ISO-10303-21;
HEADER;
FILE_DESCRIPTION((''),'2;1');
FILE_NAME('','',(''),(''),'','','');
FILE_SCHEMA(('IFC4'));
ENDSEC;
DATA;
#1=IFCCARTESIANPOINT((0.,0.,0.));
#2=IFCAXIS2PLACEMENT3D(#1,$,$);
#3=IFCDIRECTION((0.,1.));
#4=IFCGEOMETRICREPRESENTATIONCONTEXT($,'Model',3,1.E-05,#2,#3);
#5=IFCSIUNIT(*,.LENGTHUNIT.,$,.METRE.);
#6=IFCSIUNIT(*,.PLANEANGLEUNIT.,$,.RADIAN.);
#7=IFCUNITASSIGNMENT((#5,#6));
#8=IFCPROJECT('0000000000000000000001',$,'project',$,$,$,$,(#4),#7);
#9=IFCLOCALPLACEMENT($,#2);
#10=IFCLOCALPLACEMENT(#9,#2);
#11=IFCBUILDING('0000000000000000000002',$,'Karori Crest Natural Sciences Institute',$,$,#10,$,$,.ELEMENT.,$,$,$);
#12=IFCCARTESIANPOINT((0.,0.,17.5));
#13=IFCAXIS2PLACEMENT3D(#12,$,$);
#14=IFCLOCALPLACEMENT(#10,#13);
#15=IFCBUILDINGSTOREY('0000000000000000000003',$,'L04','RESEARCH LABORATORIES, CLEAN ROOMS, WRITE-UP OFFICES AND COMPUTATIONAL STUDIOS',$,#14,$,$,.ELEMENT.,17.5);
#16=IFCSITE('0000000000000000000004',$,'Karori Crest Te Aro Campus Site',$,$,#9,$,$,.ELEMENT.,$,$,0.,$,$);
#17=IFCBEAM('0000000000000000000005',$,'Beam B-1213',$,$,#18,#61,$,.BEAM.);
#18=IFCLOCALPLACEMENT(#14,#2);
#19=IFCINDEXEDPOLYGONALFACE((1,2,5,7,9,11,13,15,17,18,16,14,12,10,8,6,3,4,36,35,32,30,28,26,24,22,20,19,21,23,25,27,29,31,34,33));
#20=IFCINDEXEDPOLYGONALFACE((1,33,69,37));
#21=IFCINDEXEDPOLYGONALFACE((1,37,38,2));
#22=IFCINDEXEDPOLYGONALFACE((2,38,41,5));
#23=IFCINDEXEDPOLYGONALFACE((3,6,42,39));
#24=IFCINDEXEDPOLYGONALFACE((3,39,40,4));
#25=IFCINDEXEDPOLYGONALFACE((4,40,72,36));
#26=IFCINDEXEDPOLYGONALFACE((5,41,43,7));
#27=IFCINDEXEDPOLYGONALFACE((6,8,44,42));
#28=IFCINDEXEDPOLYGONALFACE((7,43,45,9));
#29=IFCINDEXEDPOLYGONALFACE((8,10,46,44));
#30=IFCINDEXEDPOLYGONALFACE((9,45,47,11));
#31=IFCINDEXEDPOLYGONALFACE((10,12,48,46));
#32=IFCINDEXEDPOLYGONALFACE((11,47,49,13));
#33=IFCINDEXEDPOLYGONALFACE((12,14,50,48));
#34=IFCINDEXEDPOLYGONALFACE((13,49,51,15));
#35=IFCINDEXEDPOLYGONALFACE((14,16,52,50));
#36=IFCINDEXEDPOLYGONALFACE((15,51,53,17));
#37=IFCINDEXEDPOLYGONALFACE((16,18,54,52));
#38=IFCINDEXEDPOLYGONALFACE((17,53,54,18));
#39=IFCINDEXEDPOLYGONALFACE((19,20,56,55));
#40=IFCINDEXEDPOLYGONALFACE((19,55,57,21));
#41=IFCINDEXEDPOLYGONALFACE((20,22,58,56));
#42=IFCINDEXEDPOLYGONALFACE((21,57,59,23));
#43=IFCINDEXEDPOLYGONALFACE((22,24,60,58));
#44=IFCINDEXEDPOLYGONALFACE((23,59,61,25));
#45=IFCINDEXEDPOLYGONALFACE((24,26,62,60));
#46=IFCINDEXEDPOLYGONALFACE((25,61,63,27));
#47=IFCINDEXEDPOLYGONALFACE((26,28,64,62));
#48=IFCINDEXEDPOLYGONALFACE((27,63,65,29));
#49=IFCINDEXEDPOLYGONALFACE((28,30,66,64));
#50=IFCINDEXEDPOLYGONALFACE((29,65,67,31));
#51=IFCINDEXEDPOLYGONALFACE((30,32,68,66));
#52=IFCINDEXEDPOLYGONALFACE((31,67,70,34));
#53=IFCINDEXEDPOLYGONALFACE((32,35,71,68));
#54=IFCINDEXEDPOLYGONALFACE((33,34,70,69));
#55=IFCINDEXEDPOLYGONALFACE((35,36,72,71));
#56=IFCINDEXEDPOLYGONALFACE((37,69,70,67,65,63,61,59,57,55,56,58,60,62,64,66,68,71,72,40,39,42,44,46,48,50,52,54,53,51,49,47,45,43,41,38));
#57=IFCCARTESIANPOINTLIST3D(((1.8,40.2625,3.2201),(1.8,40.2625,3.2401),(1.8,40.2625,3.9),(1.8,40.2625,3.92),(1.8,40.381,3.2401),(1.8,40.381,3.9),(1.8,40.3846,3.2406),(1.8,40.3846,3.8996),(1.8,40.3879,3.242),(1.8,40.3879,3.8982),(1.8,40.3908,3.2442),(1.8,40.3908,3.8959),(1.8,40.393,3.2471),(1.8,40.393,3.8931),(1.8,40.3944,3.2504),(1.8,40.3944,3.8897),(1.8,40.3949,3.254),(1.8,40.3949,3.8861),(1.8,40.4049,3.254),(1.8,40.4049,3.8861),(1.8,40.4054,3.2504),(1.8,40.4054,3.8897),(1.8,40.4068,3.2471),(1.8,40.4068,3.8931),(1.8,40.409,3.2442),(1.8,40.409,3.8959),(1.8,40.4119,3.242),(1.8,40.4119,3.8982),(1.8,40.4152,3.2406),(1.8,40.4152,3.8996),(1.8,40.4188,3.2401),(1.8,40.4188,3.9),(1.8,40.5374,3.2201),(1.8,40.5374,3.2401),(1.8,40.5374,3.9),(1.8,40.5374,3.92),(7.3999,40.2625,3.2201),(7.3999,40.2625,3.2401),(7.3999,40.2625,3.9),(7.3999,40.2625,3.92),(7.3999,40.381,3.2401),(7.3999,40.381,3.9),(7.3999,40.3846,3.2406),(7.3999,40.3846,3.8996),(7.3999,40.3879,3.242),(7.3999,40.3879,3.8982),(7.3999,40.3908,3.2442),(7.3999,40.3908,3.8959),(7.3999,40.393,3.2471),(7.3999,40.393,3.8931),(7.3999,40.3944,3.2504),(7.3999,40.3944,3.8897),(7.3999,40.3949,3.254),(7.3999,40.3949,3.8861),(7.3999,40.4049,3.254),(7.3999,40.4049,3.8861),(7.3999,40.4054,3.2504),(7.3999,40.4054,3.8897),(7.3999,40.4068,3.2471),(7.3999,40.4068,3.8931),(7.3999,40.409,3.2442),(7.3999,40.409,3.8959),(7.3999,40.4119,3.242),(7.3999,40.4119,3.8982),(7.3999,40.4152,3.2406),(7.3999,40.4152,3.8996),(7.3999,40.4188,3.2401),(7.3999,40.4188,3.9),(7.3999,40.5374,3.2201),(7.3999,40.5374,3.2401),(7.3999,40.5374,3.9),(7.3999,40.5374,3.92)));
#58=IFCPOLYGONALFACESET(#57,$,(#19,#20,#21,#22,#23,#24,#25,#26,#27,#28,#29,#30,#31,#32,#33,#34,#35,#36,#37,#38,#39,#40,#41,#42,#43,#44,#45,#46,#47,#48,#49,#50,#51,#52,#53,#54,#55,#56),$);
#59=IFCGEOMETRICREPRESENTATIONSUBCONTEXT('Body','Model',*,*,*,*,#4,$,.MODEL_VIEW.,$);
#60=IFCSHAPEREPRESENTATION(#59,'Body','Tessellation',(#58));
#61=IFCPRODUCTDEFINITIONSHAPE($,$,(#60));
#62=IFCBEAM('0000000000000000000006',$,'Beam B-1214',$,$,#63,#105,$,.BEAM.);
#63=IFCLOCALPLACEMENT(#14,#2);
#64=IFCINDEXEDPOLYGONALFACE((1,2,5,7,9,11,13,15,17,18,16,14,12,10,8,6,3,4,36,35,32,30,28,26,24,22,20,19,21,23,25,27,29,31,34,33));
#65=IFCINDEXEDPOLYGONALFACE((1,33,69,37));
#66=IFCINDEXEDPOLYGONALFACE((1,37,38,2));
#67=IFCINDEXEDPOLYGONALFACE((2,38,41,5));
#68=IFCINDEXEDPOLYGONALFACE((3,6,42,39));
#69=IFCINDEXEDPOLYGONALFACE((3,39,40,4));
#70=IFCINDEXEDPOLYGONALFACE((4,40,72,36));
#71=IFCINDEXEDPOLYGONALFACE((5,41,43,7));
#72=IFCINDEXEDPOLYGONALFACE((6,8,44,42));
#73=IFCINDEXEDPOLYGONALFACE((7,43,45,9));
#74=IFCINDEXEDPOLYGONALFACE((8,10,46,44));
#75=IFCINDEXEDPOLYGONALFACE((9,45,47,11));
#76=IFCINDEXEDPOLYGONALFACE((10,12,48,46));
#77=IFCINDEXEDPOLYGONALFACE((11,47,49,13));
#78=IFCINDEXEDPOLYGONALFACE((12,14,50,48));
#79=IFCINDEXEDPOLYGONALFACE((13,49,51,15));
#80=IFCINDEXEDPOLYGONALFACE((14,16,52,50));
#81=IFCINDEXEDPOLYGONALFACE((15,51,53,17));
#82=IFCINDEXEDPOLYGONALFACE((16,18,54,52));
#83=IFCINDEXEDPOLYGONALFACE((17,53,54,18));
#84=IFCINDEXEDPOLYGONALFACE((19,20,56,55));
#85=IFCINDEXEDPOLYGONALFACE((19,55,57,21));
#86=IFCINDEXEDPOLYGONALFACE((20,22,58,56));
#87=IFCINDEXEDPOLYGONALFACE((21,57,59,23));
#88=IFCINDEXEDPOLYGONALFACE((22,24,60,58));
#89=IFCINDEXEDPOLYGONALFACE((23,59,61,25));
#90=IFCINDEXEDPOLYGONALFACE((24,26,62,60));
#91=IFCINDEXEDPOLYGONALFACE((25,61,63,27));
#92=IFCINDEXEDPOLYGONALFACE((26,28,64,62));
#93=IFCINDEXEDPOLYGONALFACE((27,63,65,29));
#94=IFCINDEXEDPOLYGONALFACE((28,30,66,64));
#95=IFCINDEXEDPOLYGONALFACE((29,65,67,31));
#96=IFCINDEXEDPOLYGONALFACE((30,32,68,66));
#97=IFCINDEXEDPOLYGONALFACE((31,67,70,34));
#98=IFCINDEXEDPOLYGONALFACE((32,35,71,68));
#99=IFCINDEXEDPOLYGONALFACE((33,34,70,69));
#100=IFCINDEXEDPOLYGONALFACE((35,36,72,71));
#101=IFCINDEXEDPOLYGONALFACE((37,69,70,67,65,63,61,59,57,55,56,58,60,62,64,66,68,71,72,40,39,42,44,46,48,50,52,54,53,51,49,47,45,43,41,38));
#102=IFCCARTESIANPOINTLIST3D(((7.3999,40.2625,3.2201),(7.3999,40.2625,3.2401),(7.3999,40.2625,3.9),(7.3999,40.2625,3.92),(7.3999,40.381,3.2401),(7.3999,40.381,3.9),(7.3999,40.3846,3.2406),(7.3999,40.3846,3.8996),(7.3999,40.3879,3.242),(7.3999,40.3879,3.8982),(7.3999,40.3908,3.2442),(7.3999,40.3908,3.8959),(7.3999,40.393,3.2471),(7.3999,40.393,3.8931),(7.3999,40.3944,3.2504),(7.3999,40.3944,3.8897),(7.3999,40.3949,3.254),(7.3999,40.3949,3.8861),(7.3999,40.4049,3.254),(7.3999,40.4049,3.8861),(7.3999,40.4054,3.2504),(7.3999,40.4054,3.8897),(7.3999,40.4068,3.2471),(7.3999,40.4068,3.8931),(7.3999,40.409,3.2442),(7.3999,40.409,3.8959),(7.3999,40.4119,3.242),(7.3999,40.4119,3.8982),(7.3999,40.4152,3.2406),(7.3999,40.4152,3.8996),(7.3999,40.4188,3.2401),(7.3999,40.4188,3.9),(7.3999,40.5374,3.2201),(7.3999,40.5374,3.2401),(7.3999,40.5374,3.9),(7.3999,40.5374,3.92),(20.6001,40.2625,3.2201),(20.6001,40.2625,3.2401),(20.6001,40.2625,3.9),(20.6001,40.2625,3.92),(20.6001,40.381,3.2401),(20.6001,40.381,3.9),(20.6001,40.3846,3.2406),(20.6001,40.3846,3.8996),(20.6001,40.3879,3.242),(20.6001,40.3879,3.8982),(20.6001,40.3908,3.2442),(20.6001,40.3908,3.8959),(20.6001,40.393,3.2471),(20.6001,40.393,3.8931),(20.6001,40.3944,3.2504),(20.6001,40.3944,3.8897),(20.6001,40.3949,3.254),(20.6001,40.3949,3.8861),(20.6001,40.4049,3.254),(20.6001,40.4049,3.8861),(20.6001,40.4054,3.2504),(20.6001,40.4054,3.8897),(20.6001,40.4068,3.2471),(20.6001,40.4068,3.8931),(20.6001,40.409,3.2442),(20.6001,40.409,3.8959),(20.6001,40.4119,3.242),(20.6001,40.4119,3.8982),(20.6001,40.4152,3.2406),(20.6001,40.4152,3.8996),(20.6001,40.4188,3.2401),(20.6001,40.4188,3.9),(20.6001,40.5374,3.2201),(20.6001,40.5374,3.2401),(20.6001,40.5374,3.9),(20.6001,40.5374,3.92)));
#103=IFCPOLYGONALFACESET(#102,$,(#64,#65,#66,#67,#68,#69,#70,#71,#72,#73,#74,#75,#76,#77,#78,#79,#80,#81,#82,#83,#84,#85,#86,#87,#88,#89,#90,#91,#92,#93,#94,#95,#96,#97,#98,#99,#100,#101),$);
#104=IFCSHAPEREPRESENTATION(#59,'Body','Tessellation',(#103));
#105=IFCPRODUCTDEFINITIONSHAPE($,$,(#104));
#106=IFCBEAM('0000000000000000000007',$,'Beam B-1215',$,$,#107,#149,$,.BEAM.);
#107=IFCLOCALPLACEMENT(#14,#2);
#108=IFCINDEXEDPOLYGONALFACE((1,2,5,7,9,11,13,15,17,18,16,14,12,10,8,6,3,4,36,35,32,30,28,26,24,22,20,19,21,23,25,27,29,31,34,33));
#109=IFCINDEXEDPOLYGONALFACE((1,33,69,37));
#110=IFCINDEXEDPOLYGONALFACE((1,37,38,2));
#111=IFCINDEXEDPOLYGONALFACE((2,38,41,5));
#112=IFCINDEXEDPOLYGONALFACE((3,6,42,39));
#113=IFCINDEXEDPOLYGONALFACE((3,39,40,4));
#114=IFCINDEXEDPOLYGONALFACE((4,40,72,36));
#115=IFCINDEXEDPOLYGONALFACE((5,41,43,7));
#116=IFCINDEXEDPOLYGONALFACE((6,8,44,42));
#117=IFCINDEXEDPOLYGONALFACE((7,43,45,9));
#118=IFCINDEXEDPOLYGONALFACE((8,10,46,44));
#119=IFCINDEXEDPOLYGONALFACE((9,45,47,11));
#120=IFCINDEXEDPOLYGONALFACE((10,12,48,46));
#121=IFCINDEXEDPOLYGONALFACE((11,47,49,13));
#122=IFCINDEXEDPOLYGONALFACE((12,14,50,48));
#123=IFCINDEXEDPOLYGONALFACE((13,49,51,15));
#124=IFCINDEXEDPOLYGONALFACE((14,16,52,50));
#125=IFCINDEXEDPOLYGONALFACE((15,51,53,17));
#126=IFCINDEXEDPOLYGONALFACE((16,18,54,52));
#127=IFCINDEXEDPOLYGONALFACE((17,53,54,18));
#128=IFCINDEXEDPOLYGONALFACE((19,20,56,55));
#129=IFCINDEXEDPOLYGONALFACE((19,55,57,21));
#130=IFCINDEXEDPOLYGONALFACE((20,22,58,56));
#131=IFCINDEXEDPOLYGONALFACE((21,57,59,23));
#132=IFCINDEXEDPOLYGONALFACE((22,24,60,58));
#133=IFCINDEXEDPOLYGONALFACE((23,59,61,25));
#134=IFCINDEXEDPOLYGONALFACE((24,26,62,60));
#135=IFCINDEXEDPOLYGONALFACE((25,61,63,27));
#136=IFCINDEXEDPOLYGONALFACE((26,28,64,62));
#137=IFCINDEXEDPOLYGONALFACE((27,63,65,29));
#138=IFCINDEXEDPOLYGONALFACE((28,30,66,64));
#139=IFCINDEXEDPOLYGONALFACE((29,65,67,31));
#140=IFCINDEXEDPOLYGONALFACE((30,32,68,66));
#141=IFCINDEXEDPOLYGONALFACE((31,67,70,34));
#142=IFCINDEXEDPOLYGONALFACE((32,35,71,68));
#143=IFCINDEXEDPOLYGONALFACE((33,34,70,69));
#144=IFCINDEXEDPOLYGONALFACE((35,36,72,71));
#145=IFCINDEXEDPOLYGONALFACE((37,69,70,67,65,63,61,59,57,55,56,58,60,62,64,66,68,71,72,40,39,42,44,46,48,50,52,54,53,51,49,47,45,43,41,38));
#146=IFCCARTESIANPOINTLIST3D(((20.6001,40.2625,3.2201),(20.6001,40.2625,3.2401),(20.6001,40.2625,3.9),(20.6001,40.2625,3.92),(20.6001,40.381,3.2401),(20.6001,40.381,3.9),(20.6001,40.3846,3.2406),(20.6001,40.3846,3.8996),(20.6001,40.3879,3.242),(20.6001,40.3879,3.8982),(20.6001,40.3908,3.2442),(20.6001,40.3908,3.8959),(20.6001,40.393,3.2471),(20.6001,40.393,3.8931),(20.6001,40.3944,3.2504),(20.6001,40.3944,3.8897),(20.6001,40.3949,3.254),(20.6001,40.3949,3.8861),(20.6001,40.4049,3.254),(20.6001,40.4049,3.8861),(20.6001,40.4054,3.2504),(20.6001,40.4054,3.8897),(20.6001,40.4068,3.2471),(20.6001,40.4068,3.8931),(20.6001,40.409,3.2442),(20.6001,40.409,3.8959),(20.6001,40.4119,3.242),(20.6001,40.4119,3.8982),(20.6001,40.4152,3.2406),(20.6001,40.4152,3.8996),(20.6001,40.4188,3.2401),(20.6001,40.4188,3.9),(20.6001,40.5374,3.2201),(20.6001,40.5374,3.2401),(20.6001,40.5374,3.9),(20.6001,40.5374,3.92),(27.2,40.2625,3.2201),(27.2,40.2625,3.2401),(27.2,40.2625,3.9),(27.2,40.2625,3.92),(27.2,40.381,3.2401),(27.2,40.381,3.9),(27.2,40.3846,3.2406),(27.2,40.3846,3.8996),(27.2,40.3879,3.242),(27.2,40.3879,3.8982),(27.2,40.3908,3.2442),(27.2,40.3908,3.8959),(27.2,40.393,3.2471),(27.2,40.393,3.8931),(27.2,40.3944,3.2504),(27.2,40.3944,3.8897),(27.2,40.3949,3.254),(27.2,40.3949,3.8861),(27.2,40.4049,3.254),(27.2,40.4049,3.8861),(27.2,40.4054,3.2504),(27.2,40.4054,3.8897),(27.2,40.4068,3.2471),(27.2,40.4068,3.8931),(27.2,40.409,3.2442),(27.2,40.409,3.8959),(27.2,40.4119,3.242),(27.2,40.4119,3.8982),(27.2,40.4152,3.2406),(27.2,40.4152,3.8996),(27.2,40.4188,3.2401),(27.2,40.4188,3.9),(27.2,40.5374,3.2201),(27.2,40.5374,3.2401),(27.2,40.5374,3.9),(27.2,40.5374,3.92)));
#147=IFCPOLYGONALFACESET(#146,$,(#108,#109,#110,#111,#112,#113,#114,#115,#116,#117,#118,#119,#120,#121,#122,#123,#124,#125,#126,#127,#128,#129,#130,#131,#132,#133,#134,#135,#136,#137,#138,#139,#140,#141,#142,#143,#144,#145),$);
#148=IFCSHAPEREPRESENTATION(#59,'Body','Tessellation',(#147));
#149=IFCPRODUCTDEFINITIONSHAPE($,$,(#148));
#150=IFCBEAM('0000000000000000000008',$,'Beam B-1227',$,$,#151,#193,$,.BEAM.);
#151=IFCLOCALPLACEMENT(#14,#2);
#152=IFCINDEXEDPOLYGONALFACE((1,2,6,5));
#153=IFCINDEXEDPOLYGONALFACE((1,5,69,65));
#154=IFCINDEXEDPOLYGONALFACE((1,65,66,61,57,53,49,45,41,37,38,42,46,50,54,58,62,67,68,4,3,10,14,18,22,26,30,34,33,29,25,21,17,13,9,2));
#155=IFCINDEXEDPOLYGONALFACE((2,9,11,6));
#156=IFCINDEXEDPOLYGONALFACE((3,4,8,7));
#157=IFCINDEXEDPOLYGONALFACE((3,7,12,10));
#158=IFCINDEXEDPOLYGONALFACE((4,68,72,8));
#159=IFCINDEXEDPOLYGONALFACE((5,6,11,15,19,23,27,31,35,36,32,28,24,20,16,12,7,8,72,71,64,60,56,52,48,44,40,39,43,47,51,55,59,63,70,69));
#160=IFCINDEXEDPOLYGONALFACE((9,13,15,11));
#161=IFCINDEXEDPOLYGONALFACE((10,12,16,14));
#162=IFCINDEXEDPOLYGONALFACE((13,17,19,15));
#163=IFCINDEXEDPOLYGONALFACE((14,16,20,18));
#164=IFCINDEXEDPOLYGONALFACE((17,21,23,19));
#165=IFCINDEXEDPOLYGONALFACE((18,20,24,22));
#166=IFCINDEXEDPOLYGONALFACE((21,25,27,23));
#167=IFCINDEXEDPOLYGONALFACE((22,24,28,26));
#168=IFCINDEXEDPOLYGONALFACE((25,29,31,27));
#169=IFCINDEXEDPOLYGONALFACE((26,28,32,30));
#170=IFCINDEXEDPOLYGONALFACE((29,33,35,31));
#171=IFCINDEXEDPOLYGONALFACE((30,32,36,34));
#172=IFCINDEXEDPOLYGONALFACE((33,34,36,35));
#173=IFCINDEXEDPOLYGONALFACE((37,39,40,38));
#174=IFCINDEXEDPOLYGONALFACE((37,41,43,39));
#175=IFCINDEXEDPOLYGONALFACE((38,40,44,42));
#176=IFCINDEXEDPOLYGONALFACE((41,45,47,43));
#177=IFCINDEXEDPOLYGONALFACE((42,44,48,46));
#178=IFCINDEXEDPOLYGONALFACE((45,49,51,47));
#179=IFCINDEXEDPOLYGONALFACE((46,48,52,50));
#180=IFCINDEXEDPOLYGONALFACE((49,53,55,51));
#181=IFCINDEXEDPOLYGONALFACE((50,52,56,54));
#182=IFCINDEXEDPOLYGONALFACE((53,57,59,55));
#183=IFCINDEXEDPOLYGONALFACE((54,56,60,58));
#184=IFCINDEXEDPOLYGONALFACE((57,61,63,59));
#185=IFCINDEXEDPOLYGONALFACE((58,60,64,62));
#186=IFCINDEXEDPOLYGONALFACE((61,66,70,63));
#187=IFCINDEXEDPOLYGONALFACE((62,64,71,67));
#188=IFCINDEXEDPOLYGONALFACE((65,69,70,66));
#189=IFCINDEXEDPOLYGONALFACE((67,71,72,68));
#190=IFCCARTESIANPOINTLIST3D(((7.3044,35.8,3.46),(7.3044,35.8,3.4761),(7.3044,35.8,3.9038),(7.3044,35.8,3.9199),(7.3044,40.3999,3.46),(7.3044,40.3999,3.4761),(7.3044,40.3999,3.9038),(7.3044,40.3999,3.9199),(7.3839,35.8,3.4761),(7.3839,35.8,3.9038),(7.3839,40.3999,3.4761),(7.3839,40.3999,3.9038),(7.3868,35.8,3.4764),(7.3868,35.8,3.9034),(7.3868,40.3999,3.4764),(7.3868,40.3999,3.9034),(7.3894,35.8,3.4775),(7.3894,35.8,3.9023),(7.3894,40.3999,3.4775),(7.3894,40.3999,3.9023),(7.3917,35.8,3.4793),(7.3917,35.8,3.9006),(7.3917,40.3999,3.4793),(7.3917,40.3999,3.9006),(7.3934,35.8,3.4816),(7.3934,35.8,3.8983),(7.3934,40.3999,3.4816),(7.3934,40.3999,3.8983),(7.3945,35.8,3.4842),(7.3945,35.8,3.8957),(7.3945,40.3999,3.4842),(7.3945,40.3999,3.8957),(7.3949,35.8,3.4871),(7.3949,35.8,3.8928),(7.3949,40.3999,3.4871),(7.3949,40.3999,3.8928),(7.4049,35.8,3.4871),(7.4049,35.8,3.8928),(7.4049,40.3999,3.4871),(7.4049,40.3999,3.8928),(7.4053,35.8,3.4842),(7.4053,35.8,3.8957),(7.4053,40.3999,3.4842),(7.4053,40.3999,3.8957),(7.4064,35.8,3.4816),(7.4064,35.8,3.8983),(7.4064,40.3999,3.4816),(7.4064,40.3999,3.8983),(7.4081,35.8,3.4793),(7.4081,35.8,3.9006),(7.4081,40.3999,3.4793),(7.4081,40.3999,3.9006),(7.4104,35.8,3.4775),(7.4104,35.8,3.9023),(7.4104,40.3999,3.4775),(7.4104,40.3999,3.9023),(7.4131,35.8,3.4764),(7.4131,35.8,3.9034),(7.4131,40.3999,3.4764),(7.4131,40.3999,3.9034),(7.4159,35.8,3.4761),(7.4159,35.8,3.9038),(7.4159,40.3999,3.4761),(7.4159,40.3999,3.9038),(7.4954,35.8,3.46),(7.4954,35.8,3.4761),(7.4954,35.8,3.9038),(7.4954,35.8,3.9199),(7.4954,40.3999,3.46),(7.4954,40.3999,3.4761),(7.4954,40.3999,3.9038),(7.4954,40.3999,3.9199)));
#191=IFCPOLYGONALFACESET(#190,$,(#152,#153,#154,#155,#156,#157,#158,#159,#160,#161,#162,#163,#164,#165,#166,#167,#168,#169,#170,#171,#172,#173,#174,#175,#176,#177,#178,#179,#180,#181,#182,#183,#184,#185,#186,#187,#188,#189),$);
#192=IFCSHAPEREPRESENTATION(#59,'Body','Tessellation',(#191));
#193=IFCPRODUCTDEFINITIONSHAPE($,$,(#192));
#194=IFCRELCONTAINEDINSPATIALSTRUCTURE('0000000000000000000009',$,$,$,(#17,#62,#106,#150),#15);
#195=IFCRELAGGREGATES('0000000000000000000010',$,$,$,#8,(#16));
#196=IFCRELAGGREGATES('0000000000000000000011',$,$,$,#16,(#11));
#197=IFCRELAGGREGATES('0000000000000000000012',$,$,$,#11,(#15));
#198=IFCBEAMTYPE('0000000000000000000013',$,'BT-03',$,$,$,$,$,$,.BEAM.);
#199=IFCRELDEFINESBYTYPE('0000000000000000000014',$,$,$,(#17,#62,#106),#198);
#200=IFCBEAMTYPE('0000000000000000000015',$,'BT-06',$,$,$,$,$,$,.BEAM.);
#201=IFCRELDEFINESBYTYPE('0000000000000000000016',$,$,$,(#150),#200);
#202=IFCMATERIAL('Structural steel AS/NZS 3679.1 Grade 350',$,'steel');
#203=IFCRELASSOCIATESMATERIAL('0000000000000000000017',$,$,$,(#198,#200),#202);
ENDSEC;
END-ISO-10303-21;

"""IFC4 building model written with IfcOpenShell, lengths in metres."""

from ifc_helpers import new_model, si_unit, direction, frame, origin, origin_2d, place, context, subcontext, project, spatial, i_section, extrude, material, material_profile, profile_set, type_object, element, save


model = new_model("IFC4")

# Units and contexts
model_context = context("Model", 3, precision=1e-05, world=origin(), true_north=direction((0.0, 1.0)))
body_context = subcontext(model_context, "Body", "Model", "MODEL_VIEW")
ifc_project = project(units=[si_unit("LENGTHUNIT", "METRE"), si_unit("PLANEANGLEUNIT", "RADIAN")], contexts=[model_context])

# Site, building, storey
site_placement = place(None, origin())
site = spatial("IfcSite", under=ifc_project, at=site_placement, Name="Karori Crest Te Aro Campus Site", CompositionType="ELEMENT", RefElevation=0.0)
building_placement = place(site_placement, origin())
building = spatial("IfcBuilding", under=site, at=building_placement, Name="Karori Crest Natural Sciences Institute", CompositionType="ELEMENT")
storey_placement = place(building_placement, frame((0.0, 0.0, 17.5)))
storey = spatial("IfcBuildingStorey", under=building, at=storey_placement, Name="L04", Description="RESEARCH LABORATORIES, CLEAN ROOMS, WRITE-UP OFFICES AND COMPUTATIONAL STUDIOS", CompositionType="ELEMENT", Elevation=17.5)

# Shared definitions
ifc_material_1 = material(Name="Structural steel AS/NZS 3679.1 Grade 350", Category="steel")

# Beams
ifc_material_profile_1 = material_profile(ifc_material_1, i_section(OverallWidth=0.2749, OverallDepth=0.7, WebThickness=0.01, FlangeThickness=0.02, FilletRadius=0.0139, at=origin_2d()), Name="700WB150")
ifc_profile_set_1 = profile_set([ifc_material_profile_1], Name="Structural steel AS/NZS 3679.1 Grade 350")
beam_type_1 = type_object("IfcBeamType", Name="BT-03", PredefinedType="BEAM", material=ifc_profile_set_1)
beam_1_placement = place(storey_placement, frame((1.8, 40.3999, 3.5701), z_axis=(1.0, 0.0, 0.0), x_axis=(0.0, 1.0, 0.0)))
element("IfcBeam", 1, at=beam_1_placement, inside=storey, type_object=beam_type_1, Name="Beam B-1213", PredefinedType="BEAM", context=body_context, shape_type="SweptSolid", body=[
    extrude(i_section(OverallWidth=0.2749, OverallDepth=0.7, WebThickness=0.01, FlangeThickness=0.02, FilletRadius=0.0139, at=origin_2d()), origin(), (0.0, 0.0, 1.0), 5.5999),
])
beam_2_placement = place(storey_placement, frame((7.3999, 40.3999, 3.5701), z_axis=(1.0, 0.0, 0.0), x_axis=(0.0, 1.0, 0.0)))
element("IfcBeam", 2, at=beam_2_placement, inside=storey, type_object=beam_type_1, Name="Beam B-1214", PredefinedType="BEAM", context=body_context, shape_type="SweptSolid", body=[
    extrude(i_section(OverallWidth=0.2749, OverallDepth=0.7, WebThickness=0.01, FlangeThickness=0.02, FilletRadius=0.0139, at=origin_2d()), origin(), (0.0, 0.0, 1.0), 13.2002),
])
beam_3_placement = place(storey_placement, frame((20.6001, 40.3999, 3.5701), z_axis=(1.0, 0.0, 0.0), x_axis=(0.0, 1.0, 0.0)))
element("IfcBeam", 3, at=beam_3_placement, inside=storey, type_object=beam_type_1, Name="Beam B-1215", PredefinedType="BEAM", context=body_context, shape_type="SweptSolid", body=[
    extrude(i_section(OverallWidth=0.2749, OverallDepth=0.7, WebThickness=0.01, FlangeThickness=0.02, FilletRadius=0.0139, at=origin_2d()), origin(), (0.0, 0.0, 1.0), 6.5999),
])
ifc_material_profile_2 = material_profile(ifc_material_1, i_section(OverallWidth=0.1909, OverallDepth=0.46, WebThickness=0.01, FlangeThickness=0.0161, FilletRadius=0.011, at=origin_2d()), Name="460UB82.1")
ifc_profile_set_2 = profile_set([ifc_material_profile_2], Name="Structural steel AS/NZS 3679.1 Grade 350")
beam_type_2 = type_object("IfcBeamType", Name="BT-06", PredefinedType="BEAM", material=ifc_profile_set_2)
beam_4_placement = place(storey_placement, frame((7.3999, 35.8, 3.6899), z_axis=(0.0, 1.0, 0.0), x_axis=(-1.0, 0.0, 0.0)))
element("IfcBeam", 4, at=beam_4_placement, inside=storey, type_object=beam_type_2, Name="Beam B-1227", PredefinedType="BEAM", context=body_context, shape_type="SweptSolid", body=[
    extrude(i_section(OverallWidth=0.1909, OverallDepth=0.46, WebThickness=0.01, FlangeThickness=0.0161, FilletRadius=0.011, at=origin_2d()), origin(), (0.0, 0.0, 1.0), 4.5999),
])

save(model, "model.ifc")
